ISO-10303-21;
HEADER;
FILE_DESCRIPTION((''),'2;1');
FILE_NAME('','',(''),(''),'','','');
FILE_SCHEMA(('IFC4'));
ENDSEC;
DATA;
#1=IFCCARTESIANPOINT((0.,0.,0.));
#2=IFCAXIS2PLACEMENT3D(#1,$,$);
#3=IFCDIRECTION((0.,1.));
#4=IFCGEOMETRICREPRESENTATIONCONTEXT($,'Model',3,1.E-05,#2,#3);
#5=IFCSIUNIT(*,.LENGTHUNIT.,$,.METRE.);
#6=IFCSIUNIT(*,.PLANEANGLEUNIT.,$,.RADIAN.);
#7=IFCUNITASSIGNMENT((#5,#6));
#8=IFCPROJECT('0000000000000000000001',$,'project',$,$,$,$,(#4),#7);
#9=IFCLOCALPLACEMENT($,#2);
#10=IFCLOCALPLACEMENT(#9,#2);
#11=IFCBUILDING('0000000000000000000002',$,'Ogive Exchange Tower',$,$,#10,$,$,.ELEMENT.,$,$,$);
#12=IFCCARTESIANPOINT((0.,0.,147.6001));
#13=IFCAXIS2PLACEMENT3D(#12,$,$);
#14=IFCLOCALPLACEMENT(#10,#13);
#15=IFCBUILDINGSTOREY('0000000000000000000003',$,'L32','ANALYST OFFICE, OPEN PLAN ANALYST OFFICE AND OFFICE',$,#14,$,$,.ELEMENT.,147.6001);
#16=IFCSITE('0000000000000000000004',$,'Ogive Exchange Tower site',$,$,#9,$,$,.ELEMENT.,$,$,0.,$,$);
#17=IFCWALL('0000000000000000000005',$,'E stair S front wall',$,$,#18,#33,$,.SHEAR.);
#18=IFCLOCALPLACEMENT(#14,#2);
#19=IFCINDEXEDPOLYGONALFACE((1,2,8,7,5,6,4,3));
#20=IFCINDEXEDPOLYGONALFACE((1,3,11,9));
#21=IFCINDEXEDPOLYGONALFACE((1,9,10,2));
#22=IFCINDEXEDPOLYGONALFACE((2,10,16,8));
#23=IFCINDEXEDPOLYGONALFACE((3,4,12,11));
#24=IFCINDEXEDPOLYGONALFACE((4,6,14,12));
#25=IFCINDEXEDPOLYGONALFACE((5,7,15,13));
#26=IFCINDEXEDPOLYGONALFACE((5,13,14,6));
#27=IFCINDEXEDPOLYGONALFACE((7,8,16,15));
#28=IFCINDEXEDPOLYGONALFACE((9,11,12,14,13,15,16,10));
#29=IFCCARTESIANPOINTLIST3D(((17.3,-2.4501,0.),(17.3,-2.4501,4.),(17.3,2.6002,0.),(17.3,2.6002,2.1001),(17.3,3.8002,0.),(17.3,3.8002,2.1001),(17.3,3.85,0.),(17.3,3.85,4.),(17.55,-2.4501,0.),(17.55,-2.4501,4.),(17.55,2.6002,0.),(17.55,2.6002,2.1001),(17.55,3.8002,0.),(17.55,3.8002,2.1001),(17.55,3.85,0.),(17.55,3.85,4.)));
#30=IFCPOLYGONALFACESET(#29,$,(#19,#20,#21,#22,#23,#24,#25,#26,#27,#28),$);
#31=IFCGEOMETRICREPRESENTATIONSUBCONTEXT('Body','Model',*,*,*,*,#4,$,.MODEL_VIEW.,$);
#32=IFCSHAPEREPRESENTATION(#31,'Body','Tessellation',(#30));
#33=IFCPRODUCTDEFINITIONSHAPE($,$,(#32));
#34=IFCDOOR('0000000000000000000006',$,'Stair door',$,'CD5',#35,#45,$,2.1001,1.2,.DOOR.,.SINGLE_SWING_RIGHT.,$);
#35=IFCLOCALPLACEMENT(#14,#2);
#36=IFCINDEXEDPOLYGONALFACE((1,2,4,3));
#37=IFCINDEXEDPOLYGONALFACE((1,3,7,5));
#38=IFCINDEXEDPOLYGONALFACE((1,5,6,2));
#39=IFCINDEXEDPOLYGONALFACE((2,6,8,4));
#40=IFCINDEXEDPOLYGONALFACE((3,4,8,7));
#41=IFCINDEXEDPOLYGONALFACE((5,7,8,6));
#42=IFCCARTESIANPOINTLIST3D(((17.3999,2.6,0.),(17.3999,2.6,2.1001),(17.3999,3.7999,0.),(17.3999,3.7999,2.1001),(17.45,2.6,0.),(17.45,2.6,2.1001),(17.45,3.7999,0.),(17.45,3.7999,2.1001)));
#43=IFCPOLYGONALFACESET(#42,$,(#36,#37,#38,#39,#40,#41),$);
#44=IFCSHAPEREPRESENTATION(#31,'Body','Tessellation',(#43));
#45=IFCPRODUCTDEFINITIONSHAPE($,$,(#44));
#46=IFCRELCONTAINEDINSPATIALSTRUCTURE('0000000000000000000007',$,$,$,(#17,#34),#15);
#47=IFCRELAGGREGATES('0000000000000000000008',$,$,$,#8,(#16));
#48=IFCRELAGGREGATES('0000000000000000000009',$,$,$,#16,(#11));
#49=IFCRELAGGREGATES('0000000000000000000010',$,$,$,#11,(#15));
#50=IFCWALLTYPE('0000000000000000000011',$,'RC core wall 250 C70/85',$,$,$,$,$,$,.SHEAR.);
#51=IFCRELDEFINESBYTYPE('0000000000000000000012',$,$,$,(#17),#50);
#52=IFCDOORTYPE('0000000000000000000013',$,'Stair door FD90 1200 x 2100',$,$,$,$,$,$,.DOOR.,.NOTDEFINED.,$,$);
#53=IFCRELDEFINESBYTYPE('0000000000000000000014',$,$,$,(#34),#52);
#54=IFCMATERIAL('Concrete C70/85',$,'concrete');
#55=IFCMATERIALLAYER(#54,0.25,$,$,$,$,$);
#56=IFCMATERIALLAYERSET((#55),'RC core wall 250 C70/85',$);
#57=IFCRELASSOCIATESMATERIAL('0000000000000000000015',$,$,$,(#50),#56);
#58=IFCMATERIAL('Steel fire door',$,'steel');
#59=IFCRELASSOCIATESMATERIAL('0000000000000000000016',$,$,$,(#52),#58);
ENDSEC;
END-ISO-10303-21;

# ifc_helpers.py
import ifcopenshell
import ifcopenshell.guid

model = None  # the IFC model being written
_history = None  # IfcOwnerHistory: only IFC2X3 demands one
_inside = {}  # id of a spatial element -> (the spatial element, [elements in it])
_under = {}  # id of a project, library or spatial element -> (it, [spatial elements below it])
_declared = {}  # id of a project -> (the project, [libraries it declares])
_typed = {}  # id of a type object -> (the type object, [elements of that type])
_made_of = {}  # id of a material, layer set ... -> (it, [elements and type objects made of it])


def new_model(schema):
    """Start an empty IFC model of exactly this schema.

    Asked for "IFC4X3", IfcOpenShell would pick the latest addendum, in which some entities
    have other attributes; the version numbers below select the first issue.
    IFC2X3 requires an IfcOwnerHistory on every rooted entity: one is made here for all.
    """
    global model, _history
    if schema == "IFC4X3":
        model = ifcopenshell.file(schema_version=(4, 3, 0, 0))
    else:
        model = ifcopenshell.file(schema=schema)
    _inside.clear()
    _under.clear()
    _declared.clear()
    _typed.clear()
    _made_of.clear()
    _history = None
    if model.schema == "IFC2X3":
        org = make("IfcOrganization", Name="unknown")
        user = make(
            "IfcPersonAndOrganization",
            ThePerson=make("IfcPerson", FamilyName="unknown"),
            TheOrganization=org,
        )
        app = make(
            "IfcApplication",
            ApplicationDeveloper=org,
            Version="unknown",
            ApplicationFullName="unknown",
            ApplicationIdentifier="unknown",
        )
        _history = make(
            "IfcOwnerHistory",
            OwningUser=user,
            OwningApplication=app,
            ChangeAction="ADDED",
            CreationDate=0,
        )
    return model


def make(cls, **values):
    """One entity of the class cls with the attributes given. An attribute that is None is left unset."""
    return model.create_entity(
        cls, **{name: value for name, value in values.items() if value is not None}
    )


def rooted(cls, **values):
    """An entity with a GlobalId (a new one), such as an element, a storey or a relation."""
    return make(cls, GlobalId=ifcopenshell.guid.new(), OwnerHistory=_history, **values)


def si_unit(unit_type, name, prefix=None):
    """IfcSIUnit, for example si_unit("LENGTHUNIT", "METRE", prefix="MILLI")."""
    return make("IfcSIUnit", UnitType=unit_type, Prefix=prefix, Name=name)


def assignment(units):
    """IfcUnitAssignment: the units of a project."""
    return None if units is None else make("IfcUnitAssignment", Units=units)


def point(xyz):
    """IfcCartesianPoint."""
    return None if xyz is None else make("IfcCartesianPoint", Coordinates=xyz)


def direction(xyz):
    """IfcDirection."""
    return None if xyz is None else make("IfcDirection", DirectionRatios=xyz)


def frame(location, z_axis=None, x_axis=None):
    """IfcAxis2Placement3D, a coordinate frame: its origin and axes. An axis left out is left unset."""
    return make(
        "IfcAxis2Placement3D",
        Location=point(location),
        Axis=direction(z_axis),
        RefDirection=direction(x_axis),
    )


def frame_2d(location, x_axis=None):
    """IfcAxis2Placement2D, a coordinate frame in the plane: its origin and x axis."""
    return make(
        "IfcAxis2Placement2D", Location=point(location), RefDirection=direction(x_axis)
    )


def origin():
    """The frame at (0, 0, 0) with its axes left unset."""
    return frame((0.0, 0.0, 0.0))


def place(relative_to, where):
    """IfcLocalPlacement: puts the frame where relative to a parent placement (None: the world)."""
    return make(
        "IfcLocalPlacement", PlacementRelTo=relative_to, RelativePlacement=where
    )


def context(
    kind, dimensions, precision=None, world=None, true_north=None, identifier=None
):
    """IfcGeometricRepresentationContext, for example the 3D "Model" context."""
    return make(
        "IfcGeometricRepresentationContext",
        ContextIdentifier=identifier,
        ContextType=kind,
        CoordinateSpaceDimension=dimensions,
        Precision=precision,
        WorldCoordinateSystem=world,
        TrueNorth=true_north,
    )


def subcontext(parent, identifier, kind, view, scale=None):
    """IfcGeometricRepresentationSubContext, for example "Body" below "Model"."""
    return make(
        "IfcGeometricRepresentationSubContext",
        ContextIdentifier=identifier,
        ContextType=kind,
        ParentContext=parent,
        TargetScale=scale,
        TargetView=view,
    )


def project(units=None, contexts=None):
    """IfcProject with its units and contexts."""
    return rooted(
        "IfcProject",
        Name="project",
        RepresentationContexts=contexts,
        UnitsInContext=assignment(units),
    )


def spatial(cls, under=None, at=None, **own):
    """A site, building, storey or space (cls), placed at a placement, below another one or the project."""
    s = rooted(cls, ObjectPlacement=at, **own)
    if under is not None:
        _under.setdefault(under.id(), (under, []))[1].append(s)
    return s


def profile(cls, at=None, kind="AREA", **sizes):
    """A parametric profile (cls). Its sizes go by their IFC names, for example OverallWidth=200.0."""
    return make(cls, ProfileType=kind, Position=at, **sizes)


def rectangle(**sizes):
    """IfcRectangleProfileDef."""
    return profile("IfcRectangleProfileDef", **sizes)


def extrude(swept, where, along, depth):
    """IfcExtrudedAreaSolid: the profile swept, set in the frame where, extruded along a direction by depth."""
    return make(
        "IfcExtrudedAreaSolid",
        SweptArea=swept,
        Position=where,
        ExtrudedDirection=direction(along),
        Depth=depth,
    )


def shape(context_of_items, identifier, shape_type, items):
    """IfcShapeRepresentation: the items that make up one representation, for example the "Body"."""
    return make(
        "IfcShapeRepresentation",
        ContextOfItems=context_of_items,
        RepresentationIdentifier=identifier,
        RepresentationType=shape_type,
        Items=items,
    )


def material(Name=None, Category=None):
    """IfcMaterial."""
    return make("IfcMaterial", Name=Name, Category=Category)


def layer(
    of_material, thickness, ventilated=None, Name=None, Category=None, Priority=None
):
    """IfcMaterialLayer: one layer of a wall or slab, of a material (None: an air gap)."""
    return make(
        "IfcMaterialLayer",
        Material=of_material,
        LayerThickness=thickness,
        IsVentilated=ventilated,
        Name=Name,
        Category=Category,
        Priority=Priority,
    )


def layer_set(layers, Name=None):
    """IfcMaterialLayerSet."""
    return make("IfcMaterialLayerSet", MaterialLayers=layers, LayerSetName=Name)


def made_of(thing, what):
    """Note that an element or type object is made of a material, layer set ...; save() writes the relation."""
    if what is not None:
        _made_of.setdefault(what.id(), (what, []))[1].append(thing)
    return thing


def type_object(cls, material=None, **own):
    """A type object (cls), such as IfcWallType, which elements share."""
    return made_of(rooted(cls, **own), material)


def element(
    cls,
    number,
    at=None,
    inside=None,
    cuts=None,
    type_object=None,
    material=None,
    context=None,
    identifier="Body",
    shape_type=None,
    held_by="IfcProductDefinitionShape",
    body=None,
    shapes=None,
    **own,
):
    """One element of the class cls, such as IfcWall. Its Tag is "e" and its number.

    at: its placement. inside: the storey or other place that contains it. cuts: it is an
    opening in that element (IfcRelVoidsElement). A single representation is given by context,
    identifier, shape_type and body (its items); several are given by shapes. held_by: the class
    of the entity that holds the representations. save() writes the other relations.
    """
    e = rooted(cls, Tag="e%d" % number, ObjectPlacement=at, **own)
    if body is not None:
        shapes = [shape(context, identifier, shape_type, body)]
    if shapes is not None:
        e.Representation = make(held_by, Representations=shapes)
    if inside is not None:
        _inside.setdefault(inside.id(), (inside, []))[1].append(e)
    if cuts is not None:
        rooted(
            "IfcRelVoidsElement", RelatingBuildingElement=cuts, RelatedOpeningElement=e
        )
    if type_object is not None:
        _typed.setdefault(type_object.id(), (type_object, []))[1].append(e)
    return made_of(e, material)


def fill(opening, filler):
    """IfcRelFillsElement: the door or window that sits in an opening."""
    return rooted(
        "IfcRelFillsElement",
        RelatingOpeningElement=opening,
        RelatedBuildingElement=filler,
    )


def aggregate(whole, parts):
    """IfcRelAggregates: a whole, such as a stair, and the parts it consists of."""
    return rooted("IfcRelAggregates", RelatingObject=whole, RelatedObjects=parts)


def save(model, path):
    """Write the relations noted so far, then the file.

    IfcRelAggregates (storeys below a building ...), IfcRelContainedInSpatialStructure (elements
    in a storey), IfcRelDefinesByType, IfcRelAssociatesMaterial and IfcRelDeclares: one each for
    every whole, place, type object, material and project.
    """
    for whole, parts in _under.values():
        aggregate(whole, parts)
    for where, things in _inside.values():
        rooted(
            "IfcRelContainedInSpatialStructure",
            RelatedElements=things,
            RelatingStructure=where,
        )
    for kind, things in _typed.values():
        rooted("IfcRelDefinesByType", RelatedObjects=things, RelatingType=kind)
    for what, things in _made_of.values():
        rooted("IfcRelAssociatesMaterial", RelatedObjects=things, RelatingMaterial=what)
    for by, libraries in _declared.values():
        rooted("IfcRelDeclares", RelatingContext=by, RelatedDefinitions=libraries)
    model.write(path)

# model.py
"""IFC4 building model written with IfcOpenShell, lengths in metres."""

from ifc_helpers import new_model, si_unit, direction, frame, frame_2d, origin, place, context, subcontext, project, spatial, rectangle, extrude, material, layer, layer_set, type_object, element, fill, save


model = new_model("IFC4")

# Units and contexts
model_context = context("Model", 3, precision=1e-05, world=origin(), true_north=direction((0.0, 1.0)))
body_context = subcontext(model_context, "Body", "Model", "MODEL_VIEW")
ifc_project = project(units=[si_unit("LENGTHUNIT", "METRE"), si_unit("PLANEANGLEUNIT", "RADIAN")], contexts=[model_context])

# Site, building, storey
site_placement = place(None, origin())
site = spatial("IfcSite", under=ifc_project, at=site_placement, Name="Ogive Exchange Tower site", CompositionType="ELEMENT", RefElevation=0.0)
building_placement = place(site_placement, origin())
building = spatial("IfcBuilding", under=site, at=building_placement, Name="Ogive Exchange Tower", CompositionType="ELEMENT")
storey_placement = place(building_placement, frame((0.0, 0.0, 147.6001)))
storey = spatial("IfcBuildingStorey", under=building, at=storey_placement, Name="L32", Description="ANALYST OFFICE, OPEN PLAN ANALYST OFFICE AND OFFICE", CompositionType="ELEMENT", Elevation=147.6001)

# Wall, opening, door
ifc_material_1 = material(Name="Concrete C70/85", Category="concrete")
ifc_layer_1 = layer(ifc_material_1, 0.25)
ifc_layer_set_1 = layer_set([ifc_layer_1], Name="RC core wall 250 C70/85")
wall_type_1 = type_object("IfcWallType", Name="RC core wall 250 C70/85", PredefinedType="SHEAR", material=ifc_layer_set_1)
wall_1_placement = place(storey_placement, frame((17.425, -2.45, 0.0), z_axis=(0.0, 0.0, 1.0), x_axis=(0.0, 1.0, 0.0)))
wall_1 = element("IfcWall", 1, at=wall_1_placement, inside=storey, type_object=wall_type_1, Name="E stair S front wall", PredefinedType="SHEAR", context=body_context, shape_type="SweptSolid", body=[
    extrude(rectangle(XDim=6.3, YDim=0.25, at=frame_2d((3.1499, 0.0))), origin(), (0.0, 0.0, 1.0), 4.0),
])
opening_1_placement = place(wall_1_placement, frame((5.05, 0.0, 0.0)))
opening_1 = element("IfcOpeningElement", 2, at=opening_1_placement, cuts=wall_1, PredefinedType="OPENING", context=body_context, shape_type="SweptSolid", body=[
    extrude(rectangle(XDim=1.2, YDim=2.1001, at=frame_2d((0.6001, 1.05))), frame((0.0, 0.135, 0.0), z_axis=(0.0, -1.0, 0.0), x_axis=(1.0, 0.0, 0.0)), (0.0, 0.0, 1.0), 0.27),
])
ifc_material_2 = material(Name="Steel fire door", Category="steel")
door_type_1 = type_object("IfcDoorType", Name="Stair door FD90 1200 x 2100", OperationType="NOTDEFINED", PredefinedType="DOOR", material=ifc_material_2)
door_1_placement = place(opening_1_placement, frame((1.2, 0.0, 0.0), z_axis=(0.0, 0.0, 1.0), x_axis=(-1.0, 0.0, 0.0)))
door_1 = element("IfcDoor", 3, at=door_1_placement, inside=storey, type_object=door_type_1, Name="Stair door", ObjectType="CD5", OperationType="SINGLE_SWING_RIGHT", OverallHeight=2.1001, OverallWidth=1.2, PredefinedType="DOOR", context=body_context, shape_type="SweptSolid", body=[
    extrude(rectangle(XDim=1.2, YDim=2.1001, at=frame_2d((0.6001, 1.05))), frame((0.0, 0.0249, 0.0), z_axis=(0.0, -1.0, 0.0), x_axis=(1.0, 0.0, 0.0)), (0.0, 0.0, 1.0), 0.05),
])
fill(opening_1, door_1)

save(model, "model.ifc")
